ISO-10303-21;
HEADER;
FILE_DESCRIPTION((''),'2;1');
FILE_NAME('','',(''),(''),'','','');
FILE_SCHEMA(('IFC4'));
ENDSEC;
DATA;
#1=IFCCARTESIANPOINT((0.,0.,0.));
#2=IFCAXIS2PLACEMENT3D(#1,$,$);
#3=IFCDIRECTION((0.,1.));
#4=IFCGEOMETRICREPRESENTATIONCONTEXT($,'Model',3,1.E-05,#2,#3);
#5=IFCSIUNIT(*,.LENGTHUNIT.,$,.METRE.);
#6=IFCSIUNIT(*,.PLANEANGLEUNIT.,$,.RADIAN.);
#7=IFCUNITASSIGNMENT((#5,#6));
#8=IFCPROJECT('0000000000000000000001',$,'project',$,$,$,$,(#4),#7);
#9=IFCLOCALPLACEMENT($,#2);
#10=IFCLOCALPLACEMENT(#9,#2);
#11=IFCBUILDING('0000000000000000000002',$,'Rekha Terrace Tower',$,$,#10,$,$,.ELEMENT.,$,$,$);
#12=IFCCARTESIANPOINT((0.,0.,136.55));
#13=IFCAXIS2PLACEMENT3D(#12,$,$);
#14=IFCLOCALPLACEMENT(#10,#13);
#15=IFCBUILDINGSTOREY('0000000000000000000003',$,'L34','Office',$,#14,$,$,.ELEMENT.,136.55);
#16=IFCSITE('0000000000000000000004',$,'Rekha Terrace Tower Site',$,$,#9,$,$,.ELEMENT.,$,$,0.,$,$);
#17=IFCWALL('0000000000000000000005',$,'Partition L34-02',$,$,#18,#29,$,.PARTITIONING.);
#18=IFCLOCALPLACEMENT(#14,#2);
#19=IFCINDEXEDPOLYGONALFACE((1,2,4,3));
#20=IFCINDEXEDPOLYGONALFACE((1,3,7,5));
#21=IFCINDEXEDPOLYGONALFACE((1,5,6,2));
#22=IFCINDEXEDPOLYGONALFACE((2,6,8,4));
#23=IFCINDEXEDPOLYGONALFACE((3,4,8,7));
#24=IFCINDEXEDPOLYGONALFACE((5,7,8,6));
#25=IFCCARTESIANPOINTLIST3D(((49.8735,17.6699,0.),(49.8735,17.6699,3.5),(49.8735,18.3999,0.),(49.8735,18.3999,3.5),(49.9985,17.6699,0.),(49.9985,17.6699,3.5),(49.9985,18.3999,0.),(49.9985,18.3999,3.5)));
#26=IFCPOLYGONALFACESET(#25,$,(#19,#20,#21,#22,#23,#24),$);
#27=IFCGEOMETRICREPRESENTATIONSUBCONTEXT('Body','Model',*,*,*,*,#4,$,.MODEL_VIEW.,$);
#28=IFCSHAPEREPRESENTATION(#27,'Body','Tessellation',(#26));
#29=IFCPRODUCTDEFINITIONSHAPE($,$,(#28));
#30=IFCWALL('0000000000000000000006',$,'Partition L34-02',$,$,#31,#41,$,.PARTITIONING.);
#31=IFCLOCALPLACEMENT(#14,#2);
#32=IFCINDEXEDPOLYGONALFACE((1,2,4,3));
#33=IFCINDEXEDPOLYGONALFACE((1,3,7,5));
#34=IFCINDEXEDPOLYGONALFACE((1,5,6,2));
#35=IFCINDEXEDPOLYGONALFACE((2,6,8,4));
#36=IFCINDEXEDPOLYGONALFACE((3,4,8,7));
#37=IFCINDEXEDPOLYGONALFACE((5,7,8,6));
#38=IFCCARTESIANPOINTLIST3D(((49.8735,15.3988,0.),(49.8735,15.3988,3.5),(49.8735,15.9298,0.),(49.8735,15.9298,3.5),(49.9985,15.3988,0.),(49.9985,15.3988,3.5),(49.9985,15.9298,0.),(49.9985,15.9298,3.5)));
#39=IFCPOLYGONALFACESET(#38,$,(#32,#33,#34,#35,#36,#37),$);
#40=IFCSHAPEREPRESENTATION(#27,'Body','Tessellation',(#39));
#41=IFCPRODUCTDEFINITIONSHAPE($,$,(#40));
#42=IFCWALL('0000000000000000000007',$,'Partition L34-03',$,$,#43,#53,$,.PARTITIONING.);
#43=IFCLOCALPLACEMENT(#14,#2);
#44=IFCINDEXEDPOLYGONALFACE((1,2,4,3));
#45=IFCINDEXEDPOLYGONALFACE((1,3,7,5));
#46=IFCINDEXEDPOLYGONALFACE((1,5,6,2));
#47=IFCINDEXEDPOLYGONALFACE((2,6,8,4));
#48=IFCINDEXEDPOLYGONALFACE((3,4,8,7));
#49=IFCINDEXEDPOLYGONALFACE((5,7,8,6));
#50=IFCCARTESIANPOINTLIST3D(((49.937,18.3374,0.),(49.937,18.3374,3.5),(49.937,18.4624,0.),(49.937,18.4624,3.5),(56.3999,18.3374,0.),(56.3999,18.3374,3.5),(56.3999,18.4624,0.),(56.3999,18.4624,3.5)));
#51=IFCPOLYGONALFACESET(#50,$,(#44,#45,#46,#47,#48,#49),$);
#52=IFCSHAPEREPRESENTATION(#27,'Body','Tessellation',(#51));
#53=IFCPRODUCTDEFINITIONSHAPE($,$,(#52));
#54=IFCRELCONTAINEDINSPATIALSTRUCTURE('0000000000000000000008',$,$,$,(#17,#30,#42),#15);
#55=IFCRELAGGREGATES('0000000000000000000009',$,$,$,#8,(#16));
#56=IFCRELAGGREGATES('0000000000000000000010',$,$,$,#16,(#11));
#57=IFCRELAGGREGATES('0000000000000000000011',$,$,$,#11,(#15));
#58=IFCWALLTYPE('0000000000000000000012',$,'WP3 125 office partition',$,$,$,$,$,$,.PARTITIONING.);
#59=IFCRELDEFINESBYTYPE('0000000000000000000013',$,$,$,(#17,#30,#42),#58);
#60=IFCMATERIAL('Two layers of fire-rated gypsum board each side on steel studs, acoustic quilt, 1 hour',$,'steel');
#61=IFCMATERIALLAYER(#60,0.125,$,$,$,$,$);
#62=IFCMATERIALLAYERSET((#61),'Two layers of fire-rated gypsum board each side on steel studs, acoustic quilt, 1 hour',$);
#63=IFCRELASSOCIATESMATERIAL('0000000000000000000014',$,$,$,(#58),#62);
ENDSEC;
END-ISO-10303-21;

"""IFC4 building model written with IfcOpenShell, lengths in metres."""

from ifc_helpers import new_model, si_unit, direction, frame, frame_2d, origin, place, context, subcontext, project, spatial, rectangle, extrude, material, layer, layer_set, type_object, element, save


model = new_model("IFC4")

# Units and contexts
model_context = context("Model", 3, precision=1e-05, world=origin(), true_north=direction((0.0, 1.0)))
body_context = subcontext(model_context, "Body", "Model", "MODEL_VIEW")
ifc_project = project(units=[si_unit("LENGTHUNIT", "METRE"), si_unit("PLANEANGLEUNIT", "RADIAN")], contexts=[model_context])

# Site, building, storey
site_placement = place(None, origin())
site = spatial("IfcSite", under=ifc_project, at=site_placement, Name="Rekha Terrace Tower Site", CompositionType="ELEMENT", RefElevation=0.0)
building_placement = place(site_placement, origin())
building = spatial("IfcBuilding", under=site, at=building_placement, Name="Rekha Terrace Tower", CompositionType="ELEMENT")
storey_placement = place(building_placement, frame((0.0, 0.0, 136.55)))
storey = spatial("IfcBuildingStorey", under=building, at=storey_placement, Name="L34", Description="Office", CompositionType="ELEMENT", Elevation=136.55)

# Walls
ifc_material_1 = material(Name="Two layers of fire-rated gypsum board each side on steel studs, acoustic quilt, 1 hour", Category="steel")
ifc_layer_1 = layer(ifc_material_1, 0.125)
ifc_layer_set_1 = layer_set([ifc_layer_1], Name="Two layers of fire-rated gypsum board each side on steel studs, acoustic quilt, 1 hour")
wall_type = type_object("IfcWallType", Name="WP3 125 office partition", PredefinedType="PARTITIONING", material=ifc_layer_set_1)
wall_1_placement = place(storey_placement, frame((49.936, 18.3999, 0.0), z_axis=(0.0, 0.0, 1.0), x_axis=(0.0, -1.0, 0.0)))
element("IfcWall", 1, at=wall_1_placement, inside=storey, type_object=wall_type, Name="Partition L34-02", PredefinedType="PARTITIONING", context=body_context, shape_type="SweptSolid", body=[
    extrude(rectangle(XDim=0.73, YDim=0.125, at=frame_2d((0.365, 0.0))), origin(), (0.0, 0.0, 1.0), 3.5),
])
wall_2_placement = place(storey_placement, frame((49.936, 15.9299, 0.0), z_axis=(0.0, 0.0, 1.0), x_axis=(0.0, -1.0, 0.0)))
element("IfcWall", 2, at=wall_2_placement, inside=storey, type_object=wall_type, Name="Partition L34-02", PredefinedType="PARTITIONING", context=body_context, shape_type="SweptSolid", body=[
    extrude(rectangle(XDim=0.531, YDim=0.125, at=frame_2d((0.2656, 0.0))), origin(), (0.0, 0.0, 1.0), 3.5),
])
wall_3_placement = place(storey_placement, frame((49.937, 18.3999, 0.0), z_axis=(0.0, 0.0, 1.0), x_axis=(1.0, 0.0, 0.0)))
element("IfcWall", 3, at=wall_3_placement, inside=storey, type_object=wall_type, Name="Partition L34-03", PredefinedType="PARTITIONING", context=body_context, shape_type="SweptSolid", body=[
    extrude(rectangle(XDim=6.4629, YDim=0.125, at=frame_2d((3.2314, 0.0))), origin(), (0.0, 0.0, 1.0), 3.5),
])

save(model, "model.ifc")
